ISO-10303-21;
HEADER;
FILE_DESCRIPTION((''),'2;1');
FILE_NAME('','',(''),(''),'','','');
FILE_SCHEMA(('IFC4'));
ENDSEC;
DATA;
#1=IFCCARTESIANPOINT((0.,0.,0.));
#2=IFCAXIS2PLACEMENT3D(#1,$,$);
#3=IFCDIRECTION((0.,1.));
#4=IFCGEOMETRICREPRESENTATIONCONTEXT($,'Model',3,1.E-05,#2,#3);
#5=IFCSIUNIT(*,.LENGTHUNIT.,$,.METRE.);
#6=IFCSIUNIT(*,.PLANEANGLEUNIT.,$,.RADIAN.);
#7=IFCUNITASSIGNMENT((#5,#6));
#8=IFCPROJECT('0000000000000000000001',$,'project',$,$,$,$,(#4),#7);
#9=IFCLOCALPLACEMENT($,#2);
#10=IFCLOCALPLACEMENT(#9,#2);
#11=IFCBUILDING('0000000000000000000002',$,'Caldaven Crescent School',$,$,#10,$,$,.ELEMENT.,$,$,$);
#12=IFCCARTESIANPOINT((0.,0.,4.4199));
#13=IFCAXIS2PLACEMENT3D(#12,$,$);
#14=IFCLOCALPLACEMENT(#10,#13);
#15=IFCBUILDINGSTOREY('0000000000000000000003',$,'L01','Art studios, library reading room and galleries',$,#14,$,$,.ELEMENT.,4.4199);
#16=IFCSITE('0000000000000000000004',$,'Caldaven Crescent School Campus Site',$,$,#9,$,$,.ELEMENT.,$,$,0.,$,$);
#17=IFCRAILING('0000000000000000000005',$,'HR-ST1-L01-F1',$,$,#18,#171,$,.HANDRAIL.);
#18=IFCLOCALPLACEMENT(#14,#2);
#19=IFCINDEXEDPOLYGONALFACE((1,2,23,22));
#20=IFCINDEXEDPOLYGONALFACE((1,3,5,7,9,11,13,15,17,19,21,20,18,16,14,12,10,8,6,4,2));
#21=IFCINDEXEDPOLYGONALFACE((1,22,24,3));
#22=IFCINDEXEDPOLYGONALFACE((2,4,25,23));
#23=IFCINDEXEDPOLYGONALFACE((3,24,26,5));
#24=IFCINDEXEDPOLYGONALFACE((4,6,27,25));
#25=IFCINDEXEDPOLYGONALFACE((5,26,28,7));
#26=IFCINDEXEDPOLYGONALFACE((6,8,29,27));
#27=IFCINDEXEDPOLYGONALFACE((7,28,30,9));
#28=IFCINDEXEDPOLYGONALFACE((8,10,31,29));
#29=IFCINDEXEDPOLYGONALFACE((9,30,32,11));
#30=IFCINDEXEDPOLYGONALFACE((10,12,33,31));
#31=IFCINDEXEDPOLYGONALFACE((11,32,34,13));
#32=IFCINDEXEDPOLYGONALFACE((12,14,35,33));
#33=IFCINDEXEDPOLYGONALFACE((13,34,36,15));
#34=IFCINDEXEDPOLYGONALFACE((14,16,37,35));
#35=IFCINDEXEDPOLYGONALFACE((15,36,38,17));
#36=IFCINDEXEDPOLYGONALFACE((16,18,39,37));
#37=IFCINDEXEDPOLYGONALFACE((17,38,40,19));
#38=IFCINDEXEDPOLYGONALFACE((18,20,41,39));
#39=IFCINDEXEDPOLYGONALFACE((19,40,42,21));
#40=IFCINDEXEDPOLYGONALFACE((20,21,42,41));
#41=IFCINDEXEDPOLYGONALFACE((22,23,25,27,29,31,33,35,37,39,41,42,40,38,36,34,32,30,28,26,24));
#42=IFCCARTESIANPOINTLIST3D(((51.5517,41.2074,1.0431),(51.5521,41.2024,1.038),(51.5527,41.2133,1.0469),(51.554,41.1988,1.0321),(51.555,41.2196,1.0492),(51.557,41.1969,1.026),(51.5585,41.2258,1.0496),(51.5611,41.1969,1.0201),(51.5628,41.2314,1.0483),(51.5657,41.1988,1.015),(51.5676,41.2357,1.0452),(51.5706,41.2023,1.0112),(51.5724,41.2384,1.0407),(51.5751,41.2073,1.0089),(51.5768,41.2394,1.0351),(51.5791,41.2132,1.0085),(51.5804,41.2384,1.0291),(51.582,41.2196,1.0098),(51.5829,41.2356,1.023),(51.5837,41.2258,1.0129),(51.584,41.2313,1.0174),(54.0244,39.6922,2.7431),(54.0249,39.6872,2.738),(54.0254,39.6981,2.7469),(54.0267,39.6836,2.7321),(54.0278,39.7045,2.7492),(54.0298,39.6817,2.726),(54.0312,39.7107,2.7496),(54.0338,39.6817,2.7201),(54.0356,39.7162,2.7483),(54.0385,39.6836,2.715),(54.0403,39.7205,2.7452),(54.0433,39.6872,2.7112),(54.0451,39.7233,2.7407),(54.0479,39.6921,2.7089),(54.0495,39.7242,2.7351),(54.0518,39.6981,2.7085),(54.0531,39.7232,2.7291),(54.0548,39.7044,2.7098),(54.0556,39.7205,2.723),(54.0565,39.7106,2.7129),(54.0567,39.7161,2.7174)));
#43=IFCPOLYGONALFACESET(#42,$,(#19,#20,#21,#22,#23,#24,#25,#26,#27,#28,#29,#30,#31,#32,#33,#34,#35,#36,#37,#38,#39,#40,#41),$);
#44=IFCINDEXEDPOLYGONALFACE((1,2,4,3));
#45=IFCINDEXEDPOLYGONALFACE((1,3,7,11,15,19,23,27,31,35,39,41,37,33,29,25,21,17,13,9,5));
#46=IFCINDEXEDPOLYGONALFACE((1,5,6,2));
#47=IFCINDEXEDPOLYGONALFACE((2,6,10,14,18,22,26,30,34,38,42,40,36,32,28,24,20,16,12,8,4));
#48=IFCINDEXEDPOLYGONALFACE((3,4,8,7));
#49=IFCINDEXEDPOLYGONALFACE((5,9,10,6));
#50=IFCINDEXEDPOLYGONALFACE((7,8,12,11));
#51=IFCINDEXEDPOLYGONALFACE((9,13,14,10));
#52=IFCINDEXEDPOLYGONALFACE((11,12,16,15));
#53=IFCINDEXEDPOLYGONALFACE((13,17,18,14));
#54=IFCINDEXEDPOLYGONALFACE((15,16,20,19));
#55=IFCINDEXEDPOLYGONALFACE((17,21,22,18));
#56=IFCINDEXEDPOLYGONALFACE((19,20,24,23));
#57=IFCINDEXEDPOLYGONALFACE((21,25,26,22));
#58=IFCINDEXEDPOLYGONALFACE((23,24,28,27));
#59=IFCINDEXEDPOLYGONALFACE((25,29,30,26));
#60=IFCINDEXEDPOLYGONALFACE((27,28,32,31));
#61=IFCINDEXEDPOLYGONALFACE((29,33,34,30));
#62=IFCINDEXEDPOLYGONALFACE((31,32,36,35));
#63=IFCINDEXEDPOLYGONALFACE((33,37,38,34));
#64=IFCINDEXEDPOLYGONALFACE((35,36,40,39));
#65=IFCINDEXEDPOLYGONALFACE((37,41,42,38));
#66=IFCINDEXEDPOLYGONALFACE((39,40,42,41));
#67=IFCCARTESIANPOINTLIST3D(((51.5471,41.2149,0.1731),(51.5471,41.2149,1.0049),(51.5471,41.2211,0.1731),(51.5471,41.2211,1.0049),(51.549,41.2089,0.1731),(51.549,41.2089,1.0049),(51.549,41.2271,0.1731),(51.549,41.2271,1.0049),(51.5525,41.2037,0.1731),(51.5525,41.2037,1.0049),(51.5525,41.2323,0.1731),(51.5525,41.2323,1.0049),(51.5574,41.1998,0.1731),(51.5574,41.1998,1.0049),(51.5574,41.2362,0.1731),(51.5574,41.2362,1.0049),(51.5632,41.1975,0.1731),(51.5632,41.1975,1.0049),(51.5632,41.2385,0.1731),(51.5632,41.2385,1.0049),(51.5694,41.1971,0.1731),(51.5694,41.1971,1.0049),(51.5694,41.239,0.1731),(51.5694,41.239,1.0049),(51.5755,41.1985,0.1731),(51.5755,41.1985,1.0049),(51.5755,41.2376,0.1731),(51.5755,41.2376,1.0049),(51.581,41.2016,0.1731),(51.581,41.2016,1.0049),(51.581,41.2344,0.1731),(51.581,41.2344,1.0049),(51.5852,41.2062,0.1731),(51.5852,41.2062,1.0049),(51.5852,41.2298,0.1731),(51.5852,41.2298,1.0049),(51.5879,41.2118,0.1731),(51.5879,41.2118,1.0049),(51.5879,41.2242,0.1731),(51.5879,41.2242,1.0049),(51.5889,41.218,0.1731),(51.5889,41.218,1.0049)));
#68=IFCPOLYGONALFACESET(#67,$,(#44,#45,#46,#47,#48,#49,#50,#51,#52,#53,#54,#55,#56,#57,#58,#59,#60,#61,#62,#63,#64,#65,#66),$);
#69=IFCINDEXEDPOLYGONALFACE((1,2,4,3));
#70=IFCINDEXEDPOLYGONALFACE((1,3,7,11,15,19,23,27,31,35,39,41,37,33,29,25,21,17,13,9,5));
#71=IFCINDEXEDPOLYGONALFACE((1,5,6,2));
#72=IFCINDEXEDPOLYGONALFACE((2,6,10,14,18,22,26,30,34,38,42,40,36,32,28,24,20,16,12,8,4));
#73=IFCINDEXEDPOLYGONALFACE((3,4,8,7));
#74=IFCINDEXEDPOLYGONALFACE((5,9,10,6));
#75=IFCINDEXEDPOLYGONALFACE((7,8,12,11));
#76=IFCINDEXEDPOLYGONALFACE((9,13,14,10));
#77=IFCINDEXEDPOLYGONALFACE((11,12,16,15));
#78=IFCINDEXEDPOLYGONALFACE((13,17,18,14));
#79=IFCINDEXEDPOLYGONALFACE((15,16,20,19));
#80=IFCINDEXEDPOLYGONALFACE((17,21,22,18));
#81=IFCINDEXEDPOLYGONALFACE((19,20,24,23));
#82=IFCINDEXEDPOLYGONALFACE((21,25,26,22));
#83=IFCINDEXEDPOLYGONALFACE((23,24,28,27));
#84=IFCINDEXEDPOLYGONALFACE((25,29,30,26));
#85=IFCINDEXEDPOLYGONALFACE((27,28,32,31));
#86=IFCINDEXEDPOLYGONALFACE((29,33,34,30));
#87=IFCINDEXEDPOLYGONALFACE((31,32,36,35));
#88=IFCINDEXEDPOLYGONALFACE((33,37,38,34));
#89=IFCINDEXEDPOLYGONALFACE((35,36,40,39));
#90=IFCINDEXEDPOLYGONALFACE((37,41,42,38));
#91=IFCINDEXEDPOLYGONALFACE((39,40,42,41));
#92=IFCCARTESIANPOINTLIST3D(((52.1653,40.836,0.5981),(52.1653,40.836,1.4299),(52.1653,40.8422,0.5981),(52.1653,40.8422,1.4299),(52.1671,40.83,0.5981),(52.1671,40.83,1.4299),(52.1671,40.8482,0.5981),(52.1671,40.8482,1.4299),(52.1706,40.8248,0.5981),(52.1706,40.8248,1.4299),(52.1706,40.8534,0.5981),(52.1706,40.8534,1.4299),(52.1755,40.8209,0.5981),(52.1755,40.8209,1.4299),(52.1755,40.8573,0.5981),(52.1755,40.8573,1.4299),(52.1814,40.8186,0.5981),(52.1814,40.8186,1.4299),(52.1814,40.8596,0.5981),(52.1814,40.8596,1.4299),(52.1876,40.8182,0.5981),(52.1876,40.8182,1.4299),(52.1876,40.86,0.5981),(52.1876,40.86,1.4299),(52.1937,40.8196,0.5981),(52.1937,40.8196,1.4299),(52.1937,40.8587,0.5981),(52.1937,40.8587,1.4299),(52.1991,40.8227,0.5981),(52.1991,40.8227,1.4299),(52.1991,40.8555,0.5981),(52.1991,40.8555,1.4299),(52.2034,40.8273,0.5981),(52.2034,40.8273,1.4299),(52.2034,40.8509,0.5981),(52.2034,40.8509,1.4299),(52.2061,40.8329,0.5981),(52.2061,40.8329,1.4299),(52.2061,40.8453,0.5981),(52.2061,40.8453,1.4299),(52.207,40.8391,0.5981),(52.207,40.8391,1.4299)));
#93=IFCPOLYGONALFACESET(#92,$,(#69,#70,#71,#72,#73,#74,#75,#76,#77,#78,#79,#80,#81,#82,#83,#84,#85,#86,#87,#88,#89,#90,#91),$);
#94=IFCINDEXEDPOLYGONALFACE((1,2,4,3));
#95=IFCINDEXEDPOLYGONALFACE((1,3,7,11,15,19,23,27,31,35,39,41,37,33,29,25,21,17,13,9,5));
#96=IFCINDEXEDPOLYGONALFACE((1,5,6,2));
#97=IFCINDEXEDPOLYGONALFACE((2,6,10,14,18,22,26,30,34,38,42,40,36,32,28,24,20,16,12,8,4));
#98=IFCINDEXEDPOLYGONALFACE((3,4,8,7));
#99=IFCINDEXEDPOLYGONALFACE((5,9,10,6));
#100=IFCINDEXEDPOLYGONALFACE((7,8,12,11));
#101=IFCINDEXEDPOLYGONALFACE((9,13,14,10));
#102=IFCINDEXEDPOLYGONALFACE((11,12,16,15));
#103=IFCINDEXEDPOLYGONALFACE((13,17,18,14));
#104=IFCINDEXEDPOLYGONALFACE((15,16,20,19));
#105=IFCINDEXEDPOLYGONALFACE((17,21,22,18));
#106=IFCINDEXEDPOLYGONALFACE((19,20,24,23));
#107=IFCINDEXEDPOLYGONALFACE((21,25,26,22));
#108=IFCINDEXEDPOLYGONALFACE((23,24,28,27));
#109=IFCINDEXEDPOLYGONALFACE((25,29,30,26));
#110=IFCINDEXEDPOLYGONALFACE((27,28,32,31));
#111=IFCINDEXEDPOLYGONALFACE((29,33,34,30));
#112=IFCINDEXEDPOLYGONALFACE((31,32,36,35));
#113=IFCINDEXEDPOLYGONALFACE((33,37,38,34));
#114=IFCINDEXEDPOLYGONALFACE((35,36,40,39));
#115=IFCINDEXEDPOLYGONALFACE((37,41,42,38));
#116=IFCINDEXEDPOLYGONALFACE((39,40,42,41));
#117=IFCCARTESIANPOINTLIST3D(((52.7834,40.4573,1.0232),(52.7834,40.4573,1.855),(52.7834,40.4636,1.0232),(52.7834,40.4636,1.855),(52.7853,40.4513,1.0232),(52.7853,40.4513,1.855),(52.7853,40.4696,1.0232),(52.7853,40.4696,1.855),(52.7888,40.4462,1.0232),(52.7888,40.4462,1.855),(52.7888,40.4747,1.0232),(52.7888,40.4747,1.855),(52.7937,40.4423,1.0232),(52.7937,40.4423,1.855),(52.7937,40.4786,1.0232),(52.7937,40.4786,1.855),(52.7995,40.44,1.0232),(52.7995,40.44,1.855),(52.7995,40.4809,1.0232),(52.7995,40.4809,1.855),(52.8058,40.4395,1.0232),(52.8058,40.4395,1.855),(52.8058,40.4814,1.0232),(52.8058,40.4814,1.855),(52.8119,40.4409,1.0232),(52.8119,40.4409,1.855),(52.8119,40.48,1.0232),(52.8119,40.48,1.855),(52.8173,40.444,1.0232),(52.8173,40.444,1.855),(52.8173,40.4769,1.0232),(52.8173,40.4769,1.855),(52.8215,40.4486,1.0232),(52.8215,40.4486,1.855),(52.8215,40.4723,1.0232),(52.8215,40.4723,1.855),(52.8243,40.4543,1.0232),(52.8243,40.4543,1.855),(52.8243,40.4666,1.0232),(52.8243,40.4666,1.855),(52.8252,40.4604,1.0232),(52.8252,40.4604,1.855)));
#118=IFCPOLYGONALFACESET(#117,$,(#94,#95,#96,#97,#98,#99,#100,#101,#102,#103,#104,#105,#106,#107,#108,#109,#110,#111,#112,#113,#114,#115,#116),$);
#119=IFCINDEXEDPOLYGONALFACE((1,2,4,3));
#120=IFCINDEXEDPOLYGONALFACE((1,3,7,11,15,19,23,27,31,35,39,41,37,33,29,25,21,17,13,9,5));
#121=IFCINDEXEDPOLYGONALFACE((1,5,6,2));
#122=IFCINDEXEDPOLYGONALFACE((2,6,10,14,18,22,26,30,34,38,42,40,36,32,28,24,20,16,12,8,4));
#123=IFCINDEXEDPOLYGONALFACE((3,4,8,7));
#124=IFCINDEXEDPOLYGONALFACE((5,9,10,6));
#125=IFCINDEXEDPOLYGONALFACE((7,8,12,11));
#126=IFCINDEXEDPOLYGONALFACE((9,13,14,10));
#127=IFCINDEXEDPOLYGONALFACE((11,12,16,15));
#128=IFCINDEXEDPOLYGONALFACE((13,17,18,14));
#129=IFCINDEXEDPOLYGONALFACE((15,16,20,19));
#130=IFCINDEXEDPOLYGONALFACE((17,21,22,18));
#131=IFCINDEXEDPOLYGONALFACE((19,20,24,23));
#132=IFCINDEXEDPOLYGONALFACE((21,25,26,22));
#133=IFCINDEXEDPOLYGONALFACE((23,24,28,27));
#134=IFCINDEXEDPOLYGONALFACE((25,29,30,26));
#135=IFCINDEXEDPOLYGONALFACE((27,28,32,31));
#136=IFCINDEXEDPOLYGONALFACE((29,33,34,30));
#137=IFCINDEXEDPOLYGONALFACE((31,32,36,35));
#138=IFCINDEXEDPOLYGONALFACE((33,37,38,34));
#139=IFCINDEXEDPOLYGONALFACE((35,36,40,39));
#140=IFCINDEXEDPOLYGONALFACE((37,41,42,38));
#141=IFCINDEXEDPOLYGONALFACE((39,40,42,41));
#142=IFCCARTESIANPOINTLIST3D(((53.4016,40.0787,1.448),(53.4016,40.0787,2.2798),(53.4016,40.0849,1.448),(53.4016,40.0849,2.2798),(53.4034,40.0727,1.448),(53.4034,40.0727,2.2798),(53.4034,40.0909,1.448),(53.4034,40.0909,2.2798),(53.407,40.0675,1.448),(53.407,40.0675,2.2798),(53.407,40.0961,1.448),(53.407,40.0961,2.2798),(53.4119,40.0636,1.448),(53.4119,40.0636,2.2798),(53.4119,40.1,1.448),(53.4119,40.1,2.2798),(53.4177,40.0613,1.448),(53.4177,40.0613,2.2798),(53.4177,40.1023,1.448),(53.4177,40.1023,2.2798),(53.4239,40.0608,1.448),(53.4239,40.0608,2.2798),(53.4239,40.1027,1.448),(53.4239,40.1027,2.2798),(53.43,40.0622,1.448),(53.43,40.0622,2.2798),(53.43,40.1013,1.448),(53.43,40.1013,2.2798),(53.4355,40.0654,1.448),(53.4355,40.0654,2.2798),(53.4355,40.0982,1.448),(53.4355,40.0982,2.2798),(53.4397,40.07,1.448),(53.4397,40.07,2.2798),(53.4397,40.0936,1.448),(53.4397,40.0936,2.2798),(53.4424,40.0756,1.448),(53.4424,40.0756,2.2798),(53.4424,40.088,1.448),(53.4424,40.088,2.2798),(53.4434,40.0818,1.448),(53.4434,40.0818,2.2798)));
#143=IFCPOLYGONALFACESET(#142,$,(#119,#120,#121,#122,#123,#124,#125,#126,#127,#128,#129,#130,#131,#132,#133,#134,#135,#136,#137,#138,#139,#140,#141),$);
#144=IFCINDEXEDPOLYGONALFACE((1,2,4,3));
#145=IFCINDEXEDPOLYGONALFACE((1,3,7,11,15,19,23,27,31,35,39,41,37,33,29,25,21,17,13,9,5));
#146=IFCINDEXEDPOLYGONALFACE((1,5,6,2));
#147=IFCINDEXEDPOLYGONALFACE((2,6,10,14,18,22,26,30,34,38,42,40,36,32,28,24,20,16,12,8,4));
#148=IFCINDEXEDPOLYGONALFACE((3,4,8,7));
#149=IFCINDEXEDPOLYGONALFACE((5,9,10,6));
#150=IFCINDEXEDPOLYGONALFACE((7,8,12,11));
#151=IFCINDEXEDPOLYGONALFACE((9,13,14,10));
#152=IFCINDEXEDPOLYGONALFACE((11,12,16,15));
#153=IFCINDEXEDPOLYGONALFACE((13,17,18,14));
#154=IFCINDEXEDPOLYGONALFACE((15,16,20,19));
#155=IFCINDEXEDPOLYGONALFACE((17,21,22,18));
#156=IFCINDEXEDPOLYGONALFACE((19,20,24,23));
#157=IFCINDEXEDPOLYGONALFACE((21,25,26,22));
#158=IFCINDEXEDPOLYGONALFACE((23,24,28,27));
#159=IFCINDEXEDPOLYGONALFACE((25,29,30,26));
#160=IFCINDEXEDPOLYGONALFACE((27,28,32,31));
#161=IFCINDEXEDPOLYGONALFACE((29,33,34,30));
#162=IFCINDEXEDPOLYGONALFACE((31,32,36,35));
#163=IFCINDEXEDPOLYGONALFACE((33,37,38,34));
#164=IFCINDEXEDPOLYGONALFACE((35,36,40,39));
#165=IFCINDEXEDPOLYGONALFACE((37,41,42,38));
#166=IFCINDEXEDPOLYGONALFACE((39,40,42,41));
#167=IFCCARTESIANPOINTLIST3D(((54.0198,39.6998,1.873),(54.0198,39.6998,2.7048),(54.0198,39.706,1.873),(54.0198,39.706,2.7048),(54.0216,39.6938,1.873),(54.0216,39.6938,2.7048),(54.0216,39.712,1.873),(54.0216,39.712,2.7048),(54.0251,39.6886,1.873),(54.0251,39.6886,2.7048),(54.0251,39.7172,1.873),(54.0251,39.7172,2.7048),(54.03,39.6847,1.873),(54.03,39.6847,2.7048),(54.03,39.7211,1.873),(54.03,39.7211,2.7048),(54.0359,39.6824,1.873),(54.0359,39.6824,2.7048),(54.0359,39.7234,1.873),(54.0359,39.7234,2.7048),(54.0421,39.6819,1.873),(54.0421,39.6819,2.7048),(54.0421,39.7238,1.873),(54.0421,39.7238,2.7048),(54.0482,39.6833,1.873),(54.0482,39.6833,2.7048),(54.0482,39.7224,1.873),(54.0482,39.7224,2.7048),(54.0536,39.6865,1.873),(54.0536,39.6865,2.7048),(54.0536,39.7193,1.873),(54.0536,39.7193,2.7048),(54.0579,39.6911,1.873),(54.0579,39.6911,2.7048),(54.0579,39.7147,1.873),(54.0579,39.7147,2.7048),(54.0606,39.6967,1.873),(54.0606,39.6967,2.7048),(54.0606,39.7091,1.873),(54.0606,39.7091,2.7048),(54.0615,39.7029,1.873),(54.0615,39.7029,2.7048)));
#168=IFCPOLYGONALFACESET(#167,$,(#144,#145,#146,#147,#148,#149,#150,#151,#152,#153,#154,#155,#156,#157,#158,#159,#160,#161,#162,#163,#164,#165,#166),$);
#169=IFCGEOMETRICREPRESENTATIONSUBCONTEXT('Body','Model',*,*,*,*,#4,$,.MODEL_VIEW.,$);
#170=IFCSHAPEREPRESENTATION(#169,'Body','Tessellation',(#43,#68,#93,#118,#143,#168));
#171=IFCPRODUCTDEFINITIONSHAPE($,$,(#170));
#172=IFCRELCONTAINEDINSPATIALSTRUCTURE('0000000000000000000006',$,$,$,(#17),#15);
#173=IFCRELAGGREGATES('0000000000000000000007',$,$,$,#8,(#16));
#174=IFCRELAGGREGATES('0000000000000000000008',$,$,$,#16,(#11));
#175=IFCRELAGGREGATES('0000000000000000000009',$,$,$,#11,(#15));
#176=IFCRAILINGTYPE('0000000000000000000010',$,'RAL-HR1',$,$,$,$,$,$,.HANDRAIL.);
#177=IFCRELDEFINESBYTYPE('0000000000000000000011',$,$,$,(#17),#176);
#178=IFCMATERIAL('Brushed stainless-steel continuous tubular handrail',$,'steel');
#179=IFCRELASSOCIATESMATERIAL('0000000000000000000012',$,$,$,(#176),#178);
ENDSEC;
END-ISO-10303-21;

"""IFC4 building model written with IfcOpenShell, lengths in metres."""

from ifc_helpers import new_model, si_unit, direction, frame, origin, origin_2d, place, context, subcontext, project, spatial, circle, extrude, material, type_object, element, save


model = new_model("IFC4")

# Units and contexts
model_context = context("Model", 3, precision=1e-05, world=origin(), true_north=direction((0.0, 1.0)))
body_context = subcontext(model_context, "Body", "Model", "MODEL_VIEW")
ifc_project = project(units=[si_unit("LENGTHUNIT", "METRE"), si_unit("PLANEANGLEUNIT", "RADIAN")], contexts=[model_context])

# Site, building, storey
site_placement = place(None, origin())
site = spatial("IfcSite", under=ifc_project, at=site_placement, Name="Caldaven Crescent School Campus Site", CompositionType="ELEMENT", RefElevation=0.0)
building_placement = place(site_placement, origin())
building = spatial("IfcBuilding", under=site, at=building_placement, Name="Caldaven Crescent School", CompositionType="ELEMENT")
storey_placement = place(building_placement, frame((0.0, 0.0, 4.4199)))
storey = spatial("IfcBuildingStorey", under=building, at=storey_placement, Name="L01", Description="Art studios, library reading room and galleries", CompositionType="ELEMENT", Elevation=4.4199)

# Railing
ifc_material_1 = material(Name="Brushed stainless-steel continuous tubular handrail", Category="steel")
railing_type = type_object("IfcRailingType", Name="RAL-HR1", PredefinedType="HANDRAIL", material=ifc_material_1)
railing_placement = place(storey_placement, frame((51.5679, 41.218, 0.1731)))
element("IfcRailing", 1, at=railing_placement, inside=storey, type_object=railing_type, Name="HR-ST1-L01-F1", PredefinedType="HANDRAIL", context=body_context, shape_type="SweptSolid", body=[
    extrude(circle(Radius=0.0239, at=origin_2d()), frame((0.0, 0.0, 0.856), z_axis=(0.735587, -0.450736, 0.505716), x_axis=(0.522471, 0.852657, 0.0)), (0.0, 0.0, 1.0), 3.3616),
    extrude(circle(Radius=0.021, at=origin_2d()), origin(), (0.0, 0.0, 1.0), 0.8318),
    extrude(circle(Radius=0.021, at=origin_2d()), frame((0.6182, -0.3789, 0.425)), (0.0, 0.0, 1.0), 0.8318),
    extrude(circle(Radius=0.021, at=origin_2d()), frame((1.2363, -0.7576, 0.8501)), (0.0, 0.0, 1.0), 0.8318),
    extrude(circle(Radius=0.021, at=origin_2d()), frame((1.8545, -1.1362, 1.2749)), (0.0, 0.0, 1.0), 0.8318),
    extrude(circle(Radius=0.021, at=origin_2d()), frame((2.4727, -1.5151, 1.7)), (0.0, 0.0, 1.0), 0.8318),
])

save(model, "model.ifc")
